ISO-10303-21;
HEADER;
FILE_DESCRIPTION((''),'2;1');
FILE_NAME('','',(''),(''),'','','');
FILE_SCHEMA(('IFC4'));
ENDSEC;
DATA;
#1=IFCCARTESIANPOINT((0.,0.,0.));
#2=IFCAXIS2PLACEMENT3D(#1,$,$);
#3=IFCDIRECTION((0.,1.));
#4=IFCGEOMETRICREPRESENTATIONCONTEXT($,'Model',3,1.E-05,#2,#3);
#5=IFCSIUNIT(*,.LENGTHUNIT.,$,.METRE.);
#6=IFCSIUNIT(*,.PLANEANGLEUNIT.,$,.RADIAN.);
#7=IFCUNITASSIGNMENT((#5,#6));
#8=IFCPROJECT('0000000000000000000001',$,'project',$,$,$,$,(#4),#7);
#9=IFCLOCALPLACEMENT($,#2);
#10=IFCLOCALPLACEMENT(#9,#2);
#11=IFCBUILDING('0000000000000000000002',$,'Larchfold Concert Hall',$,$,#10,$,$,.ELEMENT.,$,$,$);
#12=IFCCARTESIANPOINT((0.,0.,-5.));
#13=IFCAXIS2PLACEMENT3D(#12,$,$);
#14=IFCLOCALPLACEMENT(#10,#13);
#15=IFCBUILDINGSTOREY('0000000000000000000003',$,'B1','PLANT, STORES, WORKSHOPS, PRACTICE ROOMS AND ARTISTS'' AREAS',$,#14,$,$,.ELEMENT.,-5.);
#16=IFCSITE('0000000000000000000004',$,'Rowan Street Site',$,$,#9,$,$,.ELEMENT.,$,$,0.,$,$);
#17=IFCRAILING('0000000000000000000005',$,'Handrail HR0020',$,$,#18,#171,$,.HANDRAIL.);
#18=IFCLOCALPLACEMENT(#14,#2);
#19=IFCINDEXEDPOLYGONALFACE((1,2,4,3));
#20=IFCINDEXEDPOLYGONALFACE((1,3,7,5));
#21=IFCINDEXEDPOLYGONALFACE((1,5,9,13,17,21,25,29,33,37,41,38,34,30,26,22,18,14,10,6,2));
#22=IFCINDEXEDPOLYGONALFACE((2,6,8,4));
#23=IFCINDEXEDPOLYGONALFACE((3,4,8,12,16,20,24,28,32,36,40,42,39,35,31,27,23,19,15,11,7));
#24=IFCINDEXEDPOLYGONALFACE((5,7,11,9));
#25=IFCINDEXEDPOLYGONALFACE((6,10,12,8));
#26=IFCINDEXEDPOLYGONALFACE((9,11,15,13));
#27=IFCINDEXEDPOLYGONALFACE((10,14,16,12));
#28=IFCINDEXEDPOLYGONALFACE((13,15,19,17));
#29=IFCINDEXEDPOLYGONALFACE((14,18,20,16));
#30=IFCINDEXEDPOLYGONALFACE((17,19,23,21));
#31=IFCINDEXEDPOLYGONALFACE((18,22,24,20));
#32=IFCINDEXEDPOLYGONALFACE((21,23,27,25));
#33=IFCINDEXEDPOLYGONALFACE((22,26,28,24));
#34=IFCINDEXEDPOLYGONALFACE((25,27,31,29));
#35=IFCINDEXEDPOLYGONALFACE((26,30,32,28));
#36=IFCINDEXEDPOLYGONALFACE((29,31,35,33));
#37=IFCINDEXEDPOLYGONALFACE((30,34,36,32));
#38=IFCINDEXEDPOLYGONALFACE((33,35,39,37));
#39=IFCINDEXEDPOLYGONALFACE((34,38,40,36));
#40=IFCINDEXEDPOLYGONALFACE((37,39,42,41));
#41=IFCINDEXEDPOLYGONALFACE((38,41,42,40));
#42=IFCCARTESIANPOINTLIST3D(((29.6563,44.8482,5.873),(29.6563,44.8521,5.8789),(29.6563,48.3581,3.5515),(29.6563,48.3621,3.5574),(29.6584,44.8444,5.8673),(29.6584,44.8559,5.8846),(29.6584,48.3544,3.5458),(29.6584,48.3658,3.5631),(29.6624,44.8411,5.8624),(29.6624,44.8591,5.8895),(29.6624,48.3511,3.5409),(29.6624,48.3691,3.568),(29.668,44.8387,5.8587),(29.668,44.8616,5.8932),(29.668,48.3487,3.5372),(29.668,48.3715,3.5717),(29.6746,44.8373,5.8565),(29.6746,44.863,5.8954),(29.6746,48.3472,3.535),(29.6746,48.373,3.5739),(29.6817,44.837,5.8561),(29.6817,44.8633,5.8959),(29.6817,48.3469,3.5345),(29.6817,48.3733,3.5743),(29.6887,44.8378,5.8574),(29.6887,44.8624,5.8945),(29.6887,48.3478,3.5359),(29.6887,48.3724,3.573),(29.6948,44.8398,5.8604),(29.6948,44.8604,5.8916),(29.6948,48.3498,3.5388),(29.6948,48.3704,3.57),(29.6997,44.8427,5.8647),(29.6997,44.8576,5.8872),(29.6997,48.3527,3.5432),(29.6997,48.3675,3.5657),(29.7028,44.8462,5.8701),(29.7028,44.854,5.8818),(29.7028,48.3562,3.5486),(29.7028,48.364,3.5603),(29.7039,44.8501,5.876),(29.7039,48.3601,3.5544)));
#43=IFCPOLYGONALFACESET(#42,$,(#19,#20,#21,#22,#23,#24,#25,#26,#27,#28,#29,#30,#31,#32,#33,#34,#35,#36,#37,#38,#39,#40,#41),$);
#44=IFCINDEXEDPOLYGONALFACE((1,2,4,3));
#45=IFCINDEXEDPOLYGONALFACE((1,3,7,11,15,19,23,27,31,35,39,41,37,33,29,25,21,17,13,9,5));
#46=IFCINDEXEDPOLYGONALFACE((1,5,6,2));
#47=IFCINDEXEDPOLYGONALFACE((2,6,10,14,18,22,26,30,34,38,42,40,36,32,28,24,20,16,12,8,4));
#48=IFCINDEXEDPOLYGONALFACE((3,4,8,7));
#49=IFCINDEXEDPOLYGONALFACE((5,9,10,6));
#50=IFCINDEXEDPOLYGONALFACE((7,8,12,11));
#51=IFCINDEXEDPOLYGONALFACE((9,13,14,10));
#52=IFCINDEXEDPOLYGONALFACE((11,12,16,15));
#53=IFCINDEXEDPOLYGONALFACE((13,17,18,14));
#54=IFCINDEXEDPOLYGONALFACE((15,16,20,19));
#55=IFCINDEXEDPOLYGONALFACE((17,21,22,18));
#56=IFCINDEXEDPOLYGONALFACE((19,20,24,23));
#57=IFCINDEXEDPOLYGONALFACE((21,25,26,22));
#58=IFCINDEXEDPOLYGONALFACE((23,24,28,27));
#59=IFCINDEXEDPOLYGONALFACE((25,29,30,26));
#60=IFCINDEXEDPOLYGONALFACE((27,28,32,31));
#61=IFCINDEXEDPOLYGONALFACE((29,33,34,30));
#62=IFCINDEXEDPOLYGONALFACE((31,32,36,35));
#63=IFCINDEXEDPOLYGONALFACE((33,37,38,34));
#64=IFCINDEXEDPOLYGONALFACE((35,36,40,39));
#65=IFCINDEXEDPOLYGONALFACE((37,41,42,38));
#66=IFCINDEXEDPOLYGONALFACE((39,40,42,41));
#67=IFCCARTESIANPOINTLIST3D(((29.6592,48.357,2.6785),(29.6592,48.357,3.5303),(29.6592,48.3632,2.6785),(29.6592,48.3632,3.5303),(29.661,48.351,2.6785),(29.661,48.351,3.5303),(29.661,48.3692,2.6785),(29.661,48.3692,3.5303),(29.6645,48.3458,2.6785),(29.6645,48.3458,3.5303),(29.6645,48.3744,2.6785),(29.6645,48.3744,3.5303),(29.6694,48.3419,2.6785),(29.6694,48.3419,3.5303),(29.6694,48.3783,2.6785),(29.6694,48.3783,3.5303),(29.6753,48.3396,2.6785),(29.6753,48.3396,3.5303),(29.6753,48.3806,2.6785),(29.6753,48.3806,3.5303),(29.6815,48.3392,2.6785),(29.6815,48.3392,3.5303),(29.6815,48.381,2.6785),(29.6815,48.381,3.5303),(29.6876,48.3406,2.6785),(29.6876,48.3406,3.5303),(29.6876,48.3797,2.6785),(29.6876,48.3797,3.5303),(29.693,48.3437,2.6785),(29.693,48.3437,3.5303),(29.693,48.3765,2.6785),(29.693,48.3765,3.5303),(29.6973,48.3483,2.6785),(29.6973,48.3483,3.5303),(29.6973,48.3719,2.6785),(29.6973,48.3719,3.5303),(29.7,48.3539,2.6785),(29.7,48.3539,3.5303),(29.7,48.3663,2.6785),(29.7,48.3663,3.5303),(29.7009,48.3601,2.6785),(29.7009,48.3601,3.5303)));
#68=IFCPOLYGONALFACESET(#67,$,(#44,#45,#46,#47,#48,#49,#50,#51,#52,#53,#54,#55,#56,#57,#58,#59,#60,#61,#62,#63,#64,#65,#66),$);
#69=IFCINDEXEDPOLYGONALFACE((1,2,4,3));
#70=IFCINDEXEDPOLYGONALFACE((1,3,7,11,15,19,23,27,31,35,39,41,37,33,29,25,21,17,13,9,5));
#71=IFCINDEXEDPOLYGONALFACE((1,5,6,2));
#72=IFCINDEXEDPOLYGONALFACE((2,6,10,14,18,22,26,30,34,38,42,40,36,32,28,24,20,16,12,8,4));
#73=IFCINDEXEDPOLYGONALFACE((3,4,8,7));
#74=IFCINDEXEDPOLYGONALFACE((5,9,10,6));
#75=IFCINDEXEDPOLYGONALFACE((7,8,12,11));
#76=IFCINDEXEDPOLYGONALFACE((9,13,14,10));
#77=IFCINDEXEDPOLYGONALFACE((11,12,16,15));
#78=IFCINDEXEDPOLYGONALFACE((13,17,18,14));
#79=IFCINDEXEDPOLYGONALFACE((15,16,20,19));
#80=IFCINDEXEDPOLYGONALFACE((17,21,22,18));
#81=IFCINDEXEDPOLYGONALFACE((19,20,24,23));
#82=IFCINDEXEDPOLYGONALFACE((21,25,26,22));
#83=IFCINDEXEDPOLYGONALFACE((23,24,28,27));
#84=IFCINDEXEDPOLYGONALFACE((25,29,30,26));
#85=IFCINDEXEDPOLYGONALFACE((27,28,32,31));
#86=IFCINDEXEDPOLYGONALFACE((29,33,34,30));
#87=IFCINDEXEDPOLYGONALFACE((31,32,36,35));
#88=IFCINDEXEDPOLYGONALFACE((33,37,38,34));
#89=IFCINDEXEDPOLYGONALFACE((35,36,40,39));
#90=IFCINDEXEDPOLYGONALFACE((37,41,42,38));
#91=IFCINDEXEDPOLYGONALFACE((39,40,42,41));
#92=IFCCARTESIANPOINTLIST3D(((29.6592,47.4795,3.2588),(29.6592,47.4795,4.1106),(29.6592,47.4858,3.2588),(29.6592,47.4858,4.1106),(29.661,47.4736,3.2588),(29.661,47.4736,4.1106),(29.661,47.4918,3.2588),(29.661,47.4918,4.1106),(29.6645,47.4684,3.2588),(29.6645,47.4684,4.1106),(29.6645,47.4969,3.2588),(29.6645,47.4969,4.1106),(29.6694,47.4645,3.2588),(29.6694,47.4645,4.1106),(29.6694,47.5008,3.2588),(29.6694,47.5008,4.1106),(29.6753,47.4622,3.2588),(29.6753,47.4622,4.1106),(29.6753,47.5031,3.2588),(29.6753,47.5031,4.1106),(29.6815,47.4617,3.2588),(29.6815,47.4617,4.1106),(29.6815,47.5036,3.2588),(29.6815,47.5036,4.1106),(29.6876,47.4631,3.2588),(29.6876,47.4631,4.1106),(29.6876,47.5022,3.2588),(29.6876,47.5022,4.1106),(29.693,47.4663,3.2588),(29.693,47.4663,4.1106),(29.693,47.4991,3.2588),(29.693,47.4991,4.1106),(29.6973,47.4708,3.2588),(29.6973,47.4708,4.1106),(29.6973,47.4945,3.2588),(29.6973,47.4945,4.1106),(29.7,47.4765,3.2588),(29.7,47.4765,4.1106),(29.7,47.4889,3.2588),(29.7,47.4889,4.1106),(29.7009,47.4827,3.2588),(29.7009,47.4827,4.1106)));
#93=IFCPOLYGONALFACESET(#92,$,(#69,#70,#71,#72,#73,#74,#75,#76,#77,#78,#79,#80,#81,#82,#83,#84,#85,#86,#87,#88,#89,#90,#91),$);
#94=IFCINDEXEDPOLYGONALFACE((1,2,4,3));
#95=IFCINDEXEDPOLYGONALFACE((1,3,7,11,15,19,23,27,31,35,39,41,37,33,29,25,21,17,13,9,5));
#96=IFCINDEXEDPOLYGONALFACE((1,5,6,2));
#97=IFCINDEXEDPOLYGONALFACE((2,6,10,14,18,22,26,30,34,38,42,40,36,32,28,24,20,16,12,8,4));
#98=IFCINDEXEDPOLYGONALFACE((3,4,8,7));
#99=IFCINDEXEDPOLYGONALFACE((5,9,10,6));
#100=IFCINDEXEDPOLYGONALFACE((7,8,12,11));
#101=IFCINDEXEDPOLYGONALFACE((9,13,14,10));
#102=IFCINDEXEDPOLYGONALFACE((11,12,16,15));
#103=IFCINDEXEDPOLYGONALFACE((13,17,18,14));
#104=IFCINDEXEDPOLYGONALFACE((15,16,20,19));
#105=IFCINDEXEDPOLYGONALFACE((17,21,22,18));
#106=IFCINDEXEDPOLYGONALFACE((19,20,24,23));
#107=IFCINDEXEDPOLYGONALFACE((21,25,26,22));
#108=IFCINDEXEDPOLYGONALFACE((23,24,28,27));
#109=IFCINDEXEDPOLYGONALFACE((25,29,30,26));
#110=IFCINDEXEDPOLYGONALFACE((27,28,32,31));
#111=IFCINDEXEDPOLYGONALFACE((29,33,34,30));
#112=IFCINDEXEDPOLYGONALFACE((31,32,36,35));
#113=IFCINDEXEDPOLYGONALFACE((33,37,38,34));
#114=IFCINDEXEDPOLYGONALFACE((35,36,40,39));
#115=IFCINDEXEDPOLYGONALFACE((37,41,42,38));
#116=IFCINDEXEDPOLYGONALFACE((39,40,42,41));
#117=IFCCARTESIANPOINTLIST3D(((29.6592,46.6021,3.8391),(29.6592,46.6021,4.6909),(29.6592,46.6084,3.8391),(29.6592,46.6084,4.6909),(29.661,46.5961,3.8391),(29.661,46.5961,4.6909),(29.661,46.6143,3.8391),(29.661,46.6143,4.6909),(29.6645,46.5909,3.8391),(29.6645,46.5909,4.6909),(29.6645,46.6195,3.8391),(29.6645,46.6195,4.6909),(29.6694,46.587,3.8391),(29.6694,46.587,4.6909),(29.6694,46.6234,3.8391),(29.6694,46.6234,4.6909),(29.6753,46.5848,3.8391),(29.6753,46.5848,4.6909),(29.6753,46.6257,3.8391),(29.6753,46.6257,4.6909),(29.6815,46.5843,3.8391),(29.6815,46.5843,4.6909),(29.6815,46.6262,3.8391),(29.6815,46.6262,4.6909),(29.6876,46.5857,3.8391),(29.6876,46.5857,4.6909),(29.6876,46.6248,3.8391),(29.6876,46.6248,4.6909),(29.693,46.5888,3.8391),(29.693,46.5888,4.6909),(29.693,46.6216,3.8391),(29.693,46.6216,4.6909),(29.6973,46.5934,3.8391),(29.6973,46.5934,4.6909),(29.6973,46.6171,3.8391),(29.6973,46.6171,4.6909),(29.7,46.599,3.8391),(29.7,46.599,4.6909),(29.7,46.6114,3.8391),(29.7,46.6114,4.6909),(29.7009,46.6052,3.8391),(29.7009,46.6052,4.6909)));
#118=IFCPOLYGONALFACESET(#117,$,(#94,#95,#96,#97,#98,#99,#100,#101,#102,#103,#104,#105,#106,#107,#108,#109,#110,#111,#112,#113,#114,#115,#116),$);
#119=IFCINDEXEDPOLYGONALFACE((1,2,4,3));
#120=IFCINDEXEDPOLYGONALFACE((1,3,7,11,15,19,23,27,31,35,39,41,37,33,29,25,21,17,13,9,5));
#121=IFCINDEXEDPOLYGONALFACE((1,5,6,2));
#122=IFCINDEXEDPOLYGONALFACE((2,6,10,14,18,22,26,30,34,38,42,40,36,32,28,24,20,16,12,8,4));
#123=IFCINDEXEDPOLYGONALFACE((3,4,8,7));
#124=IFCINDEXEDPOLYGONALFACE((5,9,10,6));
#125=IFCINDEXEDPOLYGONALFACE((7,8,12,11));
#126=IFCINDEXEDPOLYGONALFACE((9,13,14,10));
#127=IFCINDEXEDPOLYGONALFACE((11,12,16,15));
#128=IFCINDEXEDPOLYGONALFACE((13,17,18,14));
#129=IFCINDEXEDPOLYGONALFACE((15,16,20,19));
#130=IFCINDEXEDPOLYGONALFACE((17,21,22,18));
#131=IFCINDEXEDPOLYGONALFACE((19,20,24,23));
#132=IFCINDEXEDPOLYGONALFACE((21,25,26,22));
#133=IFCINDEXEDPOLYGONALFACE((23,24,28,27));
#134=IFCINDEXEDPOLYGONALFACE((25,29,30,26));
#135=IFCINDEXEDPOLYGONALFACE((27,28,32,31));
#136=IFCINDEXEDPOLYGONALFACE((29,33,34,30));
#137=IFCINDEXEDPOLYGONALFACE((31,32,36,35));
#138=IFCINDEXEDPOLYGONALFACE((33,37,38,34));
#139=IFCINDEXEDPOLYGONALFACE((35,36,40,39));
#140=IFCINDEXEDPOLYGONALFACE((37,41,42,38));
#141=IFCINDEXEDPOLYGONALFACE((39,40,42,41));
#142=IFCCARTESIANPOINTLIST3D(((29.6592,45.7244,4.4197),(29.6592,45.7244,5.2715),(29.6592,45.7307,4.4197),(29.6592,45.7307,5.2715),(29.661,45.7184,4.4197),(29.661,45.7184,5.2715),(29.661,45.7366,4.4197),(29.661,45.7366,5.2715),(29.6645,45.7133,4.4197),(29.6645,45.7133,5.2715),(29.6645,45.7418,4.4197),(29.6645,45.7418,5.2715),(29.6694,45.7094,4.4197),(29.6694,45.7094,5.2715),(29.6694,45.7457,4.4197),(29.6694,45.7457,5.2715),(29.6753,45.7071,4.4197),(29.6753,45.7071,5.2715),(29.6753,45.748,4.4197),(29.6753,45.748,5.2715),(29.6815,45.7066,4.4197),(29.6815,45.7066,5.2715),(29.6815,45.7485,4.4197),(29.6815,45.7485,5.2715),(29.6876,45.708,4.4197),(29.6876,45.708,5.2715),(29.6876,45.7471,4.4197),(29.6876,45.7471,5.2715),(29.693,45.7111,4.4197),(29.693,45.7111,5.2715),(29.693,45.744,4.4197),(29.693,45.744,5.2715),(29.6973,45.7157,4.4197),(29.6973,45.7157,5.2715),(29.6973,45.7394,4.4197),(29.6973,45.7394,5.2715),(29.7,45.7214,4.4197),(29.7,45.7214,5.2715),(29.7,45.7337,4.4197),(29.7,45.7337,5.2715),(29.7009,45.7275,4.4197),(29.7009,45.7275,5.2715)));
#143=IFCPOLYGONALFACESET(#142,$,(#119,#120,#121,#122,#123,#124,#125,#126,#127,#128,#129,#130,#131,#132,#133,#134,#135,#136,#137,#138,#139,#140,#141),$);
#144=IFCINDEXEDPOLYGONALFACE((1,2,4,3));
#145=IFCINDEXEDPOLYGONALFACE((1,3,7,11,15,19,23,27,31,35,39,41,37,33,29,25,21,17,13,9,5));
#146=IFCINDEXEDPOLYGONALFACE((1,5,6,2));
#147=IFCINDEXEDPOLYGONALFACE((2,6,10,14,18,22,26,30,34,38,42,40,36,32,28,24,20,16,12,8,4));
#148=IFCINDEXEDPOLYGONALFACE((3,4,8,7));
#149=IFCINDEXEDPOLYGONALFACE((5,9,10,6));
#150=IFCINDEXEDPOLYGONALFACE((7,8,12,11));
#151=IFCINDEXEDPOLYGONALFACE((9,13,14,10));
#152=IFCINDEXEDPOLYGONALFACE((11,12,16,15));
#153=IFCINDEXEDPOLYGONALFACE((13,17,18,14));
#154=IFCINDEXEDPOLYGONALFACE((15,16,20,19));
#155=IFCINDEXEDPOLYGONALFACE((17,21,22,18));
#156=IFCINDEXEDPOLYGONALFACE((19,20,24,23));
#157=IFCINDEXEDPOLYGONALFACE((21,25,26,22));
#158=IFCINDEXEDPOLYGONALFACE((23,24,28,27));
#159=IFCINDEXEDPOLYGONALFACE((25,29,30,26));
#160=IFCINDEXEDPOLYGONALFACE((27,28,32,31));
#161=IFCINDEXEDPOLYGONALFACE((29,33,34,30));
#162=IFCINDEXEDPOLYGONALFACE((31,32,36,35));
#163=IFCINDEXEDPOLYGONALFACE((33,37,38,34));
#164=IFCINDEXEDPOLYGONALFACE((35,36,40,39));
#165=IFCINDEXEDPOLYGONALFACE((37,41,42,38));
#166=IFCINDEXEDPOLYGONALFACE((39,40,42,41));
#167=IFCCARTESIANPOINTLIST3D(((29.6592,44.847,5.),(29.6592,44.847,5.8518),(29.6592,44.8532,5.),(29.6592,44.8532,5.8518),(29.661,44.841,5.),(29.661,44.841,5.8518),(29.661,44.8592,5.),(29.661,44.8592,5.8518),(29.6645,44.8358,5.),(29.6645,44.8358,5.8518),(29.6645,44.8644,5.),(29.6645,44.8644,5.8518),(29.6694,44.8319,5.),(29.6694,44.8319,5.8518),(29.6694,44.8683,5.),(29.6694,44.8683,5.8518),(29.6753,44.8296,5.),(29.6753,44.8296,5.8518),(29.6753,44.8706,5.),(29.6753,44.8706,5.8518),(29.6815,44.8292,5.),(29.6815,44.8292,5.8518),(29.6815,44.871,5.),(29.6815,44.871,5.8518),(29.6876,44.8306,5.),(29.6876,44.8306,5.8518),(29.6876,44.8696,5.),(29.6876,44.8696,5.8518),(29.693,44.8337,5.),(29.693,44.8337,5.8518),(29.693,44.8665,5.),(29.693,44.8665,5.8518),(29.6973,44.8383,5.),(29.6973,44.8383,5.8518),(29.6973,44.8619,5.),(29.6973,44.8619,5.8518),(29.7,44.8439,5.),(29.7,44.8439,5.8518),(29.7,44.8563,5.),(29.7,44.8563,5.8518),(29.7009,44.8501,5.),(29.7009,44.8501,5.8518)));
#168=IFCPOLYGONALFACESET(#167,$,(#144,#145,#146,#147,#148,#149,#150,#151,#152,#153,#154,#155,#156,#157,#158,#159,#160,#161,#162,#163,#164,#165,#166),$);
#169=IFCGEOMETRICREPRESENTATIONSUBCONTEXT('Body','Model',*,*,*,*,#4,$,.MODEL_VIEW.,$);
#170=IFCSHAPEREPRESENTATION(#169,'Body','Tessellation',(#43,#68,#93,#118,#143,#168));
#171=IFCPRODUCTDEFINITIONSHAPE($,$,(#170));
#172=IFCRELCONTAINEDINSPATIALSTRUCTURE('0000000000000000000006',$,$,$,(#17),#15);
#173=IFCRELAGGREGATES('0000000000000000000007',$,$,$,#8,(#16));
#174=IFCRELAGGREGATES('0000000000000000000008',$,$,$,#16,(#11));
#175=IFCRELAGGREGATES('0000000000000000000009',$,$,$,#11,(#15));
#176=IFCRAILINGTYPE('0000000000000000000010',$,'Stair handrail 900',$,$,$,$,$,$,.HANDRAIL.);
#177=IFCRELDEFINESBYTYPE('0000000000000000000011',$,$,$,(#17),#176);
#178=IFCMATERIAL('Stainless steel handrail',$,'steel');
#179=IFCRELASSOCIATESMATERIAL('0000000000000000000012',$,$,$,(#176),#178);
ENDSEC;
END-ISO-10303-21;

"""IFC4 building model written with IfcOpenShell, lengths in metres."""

from ifc_helpers import new_model, si_unit, direction, frame, origin, origin_2d, place, context, subcontext, project, spatial, circle, extrude, material, type_object, element, save


model = new_model("IFC4")

# Units and contexts
model_context = context("Model", 3, precision=1e-05, world=origin(), true_north=direction((0.0, 1.0)))
body_context = subcontext(model_context, "Body", "Model", "MODEL_VIEW")
ifc_project = project(units=[si_unit("LENGTHUNIT", "METRE"), si_unit("PLANEANGLEUNIT", "RADIAN")], contexts=[model_context])

# Site, building, storey
site_placement = place(None, origin())
site = spatial("IfcSite", under=ifc_project, at=site_placement, Name="Rowan Street Site", CompositionType="ELEMENT", RefElevation=0.0)
building_placement = place(site_placement, origin())
building = spatial("IfcBuilding", under=site, at=building_placement, Name="Larchfold Concert Hall", CompositionType="ELEMENT")
storey_placement = place(building_placement, frame((0.0, 0.0, -5.0)))
storey = spatial("IfcBuildingStorey", under=building, at=storey_placement, Name="B1", Description="PLANT, STORES, WORKSHOPS, PRACTICE ROOMS AND ARTISTS' AREAS", CompositionType="ELEMENT", Elevation=-5.0)

# Railing
ifc_material_1 = material(Name="Stainless steel handrail", Category="steel")
railing_type_1 = type_object("IfcRailingType", Name="Stair handrail 900", PredefinedType="HANDRAIL", material=ifc_material_1)
railing_1_placement = place(storey_placement, frame((29.6799, 48.3601, 2.6785)))
element("IfcRailing", 1, at=railing_1_placement, inside=storey, type_object=railing_type_1, Name="Handrail HR0020", PredefinedType="HANDRAIL", context=body_context, shape_type="SweptSolid", body=[
    extrude(circle(Radius=0.0239, at=origin_2d()), frame((0.0, 0.0, 0.876), z_axis=(0.0, -0.834071, 0.551657), x_axis=(1.0, 0.0, 0.0)), (0.0, 0.0, 1.0), 4.2083),
    extrude(circle(Radius=0.021, at=origin_2d()), origin(), (0.0, 0.0, 1.0), 0.8518),
    extrude(circle(Radius=0.021, at=origin_2d()), frame((0.0, -0.8774, 0.5803)), (0.0, 0.0, 1.0), 0.8518),
    extrude(circle(Radius=0.021, at=origin_2d()), frame((0.0, -1.7549, 1.1606)), (0.0, 0.0, 1.0), 0.8518),
    extrude(circle(Radius=0.021, at=origin_2d()), frame((0.0, -2.6326, 1.7412)), (0.0, 0.0, 1.0), 0.8518),
    extrude(circle(Radius=0.021, at=origin_2d()), frame((0.0, -3.51, 2.3215)), (0.0, 0.0, 1.0), 0.8518),
])

save(model, "model.ifc")
